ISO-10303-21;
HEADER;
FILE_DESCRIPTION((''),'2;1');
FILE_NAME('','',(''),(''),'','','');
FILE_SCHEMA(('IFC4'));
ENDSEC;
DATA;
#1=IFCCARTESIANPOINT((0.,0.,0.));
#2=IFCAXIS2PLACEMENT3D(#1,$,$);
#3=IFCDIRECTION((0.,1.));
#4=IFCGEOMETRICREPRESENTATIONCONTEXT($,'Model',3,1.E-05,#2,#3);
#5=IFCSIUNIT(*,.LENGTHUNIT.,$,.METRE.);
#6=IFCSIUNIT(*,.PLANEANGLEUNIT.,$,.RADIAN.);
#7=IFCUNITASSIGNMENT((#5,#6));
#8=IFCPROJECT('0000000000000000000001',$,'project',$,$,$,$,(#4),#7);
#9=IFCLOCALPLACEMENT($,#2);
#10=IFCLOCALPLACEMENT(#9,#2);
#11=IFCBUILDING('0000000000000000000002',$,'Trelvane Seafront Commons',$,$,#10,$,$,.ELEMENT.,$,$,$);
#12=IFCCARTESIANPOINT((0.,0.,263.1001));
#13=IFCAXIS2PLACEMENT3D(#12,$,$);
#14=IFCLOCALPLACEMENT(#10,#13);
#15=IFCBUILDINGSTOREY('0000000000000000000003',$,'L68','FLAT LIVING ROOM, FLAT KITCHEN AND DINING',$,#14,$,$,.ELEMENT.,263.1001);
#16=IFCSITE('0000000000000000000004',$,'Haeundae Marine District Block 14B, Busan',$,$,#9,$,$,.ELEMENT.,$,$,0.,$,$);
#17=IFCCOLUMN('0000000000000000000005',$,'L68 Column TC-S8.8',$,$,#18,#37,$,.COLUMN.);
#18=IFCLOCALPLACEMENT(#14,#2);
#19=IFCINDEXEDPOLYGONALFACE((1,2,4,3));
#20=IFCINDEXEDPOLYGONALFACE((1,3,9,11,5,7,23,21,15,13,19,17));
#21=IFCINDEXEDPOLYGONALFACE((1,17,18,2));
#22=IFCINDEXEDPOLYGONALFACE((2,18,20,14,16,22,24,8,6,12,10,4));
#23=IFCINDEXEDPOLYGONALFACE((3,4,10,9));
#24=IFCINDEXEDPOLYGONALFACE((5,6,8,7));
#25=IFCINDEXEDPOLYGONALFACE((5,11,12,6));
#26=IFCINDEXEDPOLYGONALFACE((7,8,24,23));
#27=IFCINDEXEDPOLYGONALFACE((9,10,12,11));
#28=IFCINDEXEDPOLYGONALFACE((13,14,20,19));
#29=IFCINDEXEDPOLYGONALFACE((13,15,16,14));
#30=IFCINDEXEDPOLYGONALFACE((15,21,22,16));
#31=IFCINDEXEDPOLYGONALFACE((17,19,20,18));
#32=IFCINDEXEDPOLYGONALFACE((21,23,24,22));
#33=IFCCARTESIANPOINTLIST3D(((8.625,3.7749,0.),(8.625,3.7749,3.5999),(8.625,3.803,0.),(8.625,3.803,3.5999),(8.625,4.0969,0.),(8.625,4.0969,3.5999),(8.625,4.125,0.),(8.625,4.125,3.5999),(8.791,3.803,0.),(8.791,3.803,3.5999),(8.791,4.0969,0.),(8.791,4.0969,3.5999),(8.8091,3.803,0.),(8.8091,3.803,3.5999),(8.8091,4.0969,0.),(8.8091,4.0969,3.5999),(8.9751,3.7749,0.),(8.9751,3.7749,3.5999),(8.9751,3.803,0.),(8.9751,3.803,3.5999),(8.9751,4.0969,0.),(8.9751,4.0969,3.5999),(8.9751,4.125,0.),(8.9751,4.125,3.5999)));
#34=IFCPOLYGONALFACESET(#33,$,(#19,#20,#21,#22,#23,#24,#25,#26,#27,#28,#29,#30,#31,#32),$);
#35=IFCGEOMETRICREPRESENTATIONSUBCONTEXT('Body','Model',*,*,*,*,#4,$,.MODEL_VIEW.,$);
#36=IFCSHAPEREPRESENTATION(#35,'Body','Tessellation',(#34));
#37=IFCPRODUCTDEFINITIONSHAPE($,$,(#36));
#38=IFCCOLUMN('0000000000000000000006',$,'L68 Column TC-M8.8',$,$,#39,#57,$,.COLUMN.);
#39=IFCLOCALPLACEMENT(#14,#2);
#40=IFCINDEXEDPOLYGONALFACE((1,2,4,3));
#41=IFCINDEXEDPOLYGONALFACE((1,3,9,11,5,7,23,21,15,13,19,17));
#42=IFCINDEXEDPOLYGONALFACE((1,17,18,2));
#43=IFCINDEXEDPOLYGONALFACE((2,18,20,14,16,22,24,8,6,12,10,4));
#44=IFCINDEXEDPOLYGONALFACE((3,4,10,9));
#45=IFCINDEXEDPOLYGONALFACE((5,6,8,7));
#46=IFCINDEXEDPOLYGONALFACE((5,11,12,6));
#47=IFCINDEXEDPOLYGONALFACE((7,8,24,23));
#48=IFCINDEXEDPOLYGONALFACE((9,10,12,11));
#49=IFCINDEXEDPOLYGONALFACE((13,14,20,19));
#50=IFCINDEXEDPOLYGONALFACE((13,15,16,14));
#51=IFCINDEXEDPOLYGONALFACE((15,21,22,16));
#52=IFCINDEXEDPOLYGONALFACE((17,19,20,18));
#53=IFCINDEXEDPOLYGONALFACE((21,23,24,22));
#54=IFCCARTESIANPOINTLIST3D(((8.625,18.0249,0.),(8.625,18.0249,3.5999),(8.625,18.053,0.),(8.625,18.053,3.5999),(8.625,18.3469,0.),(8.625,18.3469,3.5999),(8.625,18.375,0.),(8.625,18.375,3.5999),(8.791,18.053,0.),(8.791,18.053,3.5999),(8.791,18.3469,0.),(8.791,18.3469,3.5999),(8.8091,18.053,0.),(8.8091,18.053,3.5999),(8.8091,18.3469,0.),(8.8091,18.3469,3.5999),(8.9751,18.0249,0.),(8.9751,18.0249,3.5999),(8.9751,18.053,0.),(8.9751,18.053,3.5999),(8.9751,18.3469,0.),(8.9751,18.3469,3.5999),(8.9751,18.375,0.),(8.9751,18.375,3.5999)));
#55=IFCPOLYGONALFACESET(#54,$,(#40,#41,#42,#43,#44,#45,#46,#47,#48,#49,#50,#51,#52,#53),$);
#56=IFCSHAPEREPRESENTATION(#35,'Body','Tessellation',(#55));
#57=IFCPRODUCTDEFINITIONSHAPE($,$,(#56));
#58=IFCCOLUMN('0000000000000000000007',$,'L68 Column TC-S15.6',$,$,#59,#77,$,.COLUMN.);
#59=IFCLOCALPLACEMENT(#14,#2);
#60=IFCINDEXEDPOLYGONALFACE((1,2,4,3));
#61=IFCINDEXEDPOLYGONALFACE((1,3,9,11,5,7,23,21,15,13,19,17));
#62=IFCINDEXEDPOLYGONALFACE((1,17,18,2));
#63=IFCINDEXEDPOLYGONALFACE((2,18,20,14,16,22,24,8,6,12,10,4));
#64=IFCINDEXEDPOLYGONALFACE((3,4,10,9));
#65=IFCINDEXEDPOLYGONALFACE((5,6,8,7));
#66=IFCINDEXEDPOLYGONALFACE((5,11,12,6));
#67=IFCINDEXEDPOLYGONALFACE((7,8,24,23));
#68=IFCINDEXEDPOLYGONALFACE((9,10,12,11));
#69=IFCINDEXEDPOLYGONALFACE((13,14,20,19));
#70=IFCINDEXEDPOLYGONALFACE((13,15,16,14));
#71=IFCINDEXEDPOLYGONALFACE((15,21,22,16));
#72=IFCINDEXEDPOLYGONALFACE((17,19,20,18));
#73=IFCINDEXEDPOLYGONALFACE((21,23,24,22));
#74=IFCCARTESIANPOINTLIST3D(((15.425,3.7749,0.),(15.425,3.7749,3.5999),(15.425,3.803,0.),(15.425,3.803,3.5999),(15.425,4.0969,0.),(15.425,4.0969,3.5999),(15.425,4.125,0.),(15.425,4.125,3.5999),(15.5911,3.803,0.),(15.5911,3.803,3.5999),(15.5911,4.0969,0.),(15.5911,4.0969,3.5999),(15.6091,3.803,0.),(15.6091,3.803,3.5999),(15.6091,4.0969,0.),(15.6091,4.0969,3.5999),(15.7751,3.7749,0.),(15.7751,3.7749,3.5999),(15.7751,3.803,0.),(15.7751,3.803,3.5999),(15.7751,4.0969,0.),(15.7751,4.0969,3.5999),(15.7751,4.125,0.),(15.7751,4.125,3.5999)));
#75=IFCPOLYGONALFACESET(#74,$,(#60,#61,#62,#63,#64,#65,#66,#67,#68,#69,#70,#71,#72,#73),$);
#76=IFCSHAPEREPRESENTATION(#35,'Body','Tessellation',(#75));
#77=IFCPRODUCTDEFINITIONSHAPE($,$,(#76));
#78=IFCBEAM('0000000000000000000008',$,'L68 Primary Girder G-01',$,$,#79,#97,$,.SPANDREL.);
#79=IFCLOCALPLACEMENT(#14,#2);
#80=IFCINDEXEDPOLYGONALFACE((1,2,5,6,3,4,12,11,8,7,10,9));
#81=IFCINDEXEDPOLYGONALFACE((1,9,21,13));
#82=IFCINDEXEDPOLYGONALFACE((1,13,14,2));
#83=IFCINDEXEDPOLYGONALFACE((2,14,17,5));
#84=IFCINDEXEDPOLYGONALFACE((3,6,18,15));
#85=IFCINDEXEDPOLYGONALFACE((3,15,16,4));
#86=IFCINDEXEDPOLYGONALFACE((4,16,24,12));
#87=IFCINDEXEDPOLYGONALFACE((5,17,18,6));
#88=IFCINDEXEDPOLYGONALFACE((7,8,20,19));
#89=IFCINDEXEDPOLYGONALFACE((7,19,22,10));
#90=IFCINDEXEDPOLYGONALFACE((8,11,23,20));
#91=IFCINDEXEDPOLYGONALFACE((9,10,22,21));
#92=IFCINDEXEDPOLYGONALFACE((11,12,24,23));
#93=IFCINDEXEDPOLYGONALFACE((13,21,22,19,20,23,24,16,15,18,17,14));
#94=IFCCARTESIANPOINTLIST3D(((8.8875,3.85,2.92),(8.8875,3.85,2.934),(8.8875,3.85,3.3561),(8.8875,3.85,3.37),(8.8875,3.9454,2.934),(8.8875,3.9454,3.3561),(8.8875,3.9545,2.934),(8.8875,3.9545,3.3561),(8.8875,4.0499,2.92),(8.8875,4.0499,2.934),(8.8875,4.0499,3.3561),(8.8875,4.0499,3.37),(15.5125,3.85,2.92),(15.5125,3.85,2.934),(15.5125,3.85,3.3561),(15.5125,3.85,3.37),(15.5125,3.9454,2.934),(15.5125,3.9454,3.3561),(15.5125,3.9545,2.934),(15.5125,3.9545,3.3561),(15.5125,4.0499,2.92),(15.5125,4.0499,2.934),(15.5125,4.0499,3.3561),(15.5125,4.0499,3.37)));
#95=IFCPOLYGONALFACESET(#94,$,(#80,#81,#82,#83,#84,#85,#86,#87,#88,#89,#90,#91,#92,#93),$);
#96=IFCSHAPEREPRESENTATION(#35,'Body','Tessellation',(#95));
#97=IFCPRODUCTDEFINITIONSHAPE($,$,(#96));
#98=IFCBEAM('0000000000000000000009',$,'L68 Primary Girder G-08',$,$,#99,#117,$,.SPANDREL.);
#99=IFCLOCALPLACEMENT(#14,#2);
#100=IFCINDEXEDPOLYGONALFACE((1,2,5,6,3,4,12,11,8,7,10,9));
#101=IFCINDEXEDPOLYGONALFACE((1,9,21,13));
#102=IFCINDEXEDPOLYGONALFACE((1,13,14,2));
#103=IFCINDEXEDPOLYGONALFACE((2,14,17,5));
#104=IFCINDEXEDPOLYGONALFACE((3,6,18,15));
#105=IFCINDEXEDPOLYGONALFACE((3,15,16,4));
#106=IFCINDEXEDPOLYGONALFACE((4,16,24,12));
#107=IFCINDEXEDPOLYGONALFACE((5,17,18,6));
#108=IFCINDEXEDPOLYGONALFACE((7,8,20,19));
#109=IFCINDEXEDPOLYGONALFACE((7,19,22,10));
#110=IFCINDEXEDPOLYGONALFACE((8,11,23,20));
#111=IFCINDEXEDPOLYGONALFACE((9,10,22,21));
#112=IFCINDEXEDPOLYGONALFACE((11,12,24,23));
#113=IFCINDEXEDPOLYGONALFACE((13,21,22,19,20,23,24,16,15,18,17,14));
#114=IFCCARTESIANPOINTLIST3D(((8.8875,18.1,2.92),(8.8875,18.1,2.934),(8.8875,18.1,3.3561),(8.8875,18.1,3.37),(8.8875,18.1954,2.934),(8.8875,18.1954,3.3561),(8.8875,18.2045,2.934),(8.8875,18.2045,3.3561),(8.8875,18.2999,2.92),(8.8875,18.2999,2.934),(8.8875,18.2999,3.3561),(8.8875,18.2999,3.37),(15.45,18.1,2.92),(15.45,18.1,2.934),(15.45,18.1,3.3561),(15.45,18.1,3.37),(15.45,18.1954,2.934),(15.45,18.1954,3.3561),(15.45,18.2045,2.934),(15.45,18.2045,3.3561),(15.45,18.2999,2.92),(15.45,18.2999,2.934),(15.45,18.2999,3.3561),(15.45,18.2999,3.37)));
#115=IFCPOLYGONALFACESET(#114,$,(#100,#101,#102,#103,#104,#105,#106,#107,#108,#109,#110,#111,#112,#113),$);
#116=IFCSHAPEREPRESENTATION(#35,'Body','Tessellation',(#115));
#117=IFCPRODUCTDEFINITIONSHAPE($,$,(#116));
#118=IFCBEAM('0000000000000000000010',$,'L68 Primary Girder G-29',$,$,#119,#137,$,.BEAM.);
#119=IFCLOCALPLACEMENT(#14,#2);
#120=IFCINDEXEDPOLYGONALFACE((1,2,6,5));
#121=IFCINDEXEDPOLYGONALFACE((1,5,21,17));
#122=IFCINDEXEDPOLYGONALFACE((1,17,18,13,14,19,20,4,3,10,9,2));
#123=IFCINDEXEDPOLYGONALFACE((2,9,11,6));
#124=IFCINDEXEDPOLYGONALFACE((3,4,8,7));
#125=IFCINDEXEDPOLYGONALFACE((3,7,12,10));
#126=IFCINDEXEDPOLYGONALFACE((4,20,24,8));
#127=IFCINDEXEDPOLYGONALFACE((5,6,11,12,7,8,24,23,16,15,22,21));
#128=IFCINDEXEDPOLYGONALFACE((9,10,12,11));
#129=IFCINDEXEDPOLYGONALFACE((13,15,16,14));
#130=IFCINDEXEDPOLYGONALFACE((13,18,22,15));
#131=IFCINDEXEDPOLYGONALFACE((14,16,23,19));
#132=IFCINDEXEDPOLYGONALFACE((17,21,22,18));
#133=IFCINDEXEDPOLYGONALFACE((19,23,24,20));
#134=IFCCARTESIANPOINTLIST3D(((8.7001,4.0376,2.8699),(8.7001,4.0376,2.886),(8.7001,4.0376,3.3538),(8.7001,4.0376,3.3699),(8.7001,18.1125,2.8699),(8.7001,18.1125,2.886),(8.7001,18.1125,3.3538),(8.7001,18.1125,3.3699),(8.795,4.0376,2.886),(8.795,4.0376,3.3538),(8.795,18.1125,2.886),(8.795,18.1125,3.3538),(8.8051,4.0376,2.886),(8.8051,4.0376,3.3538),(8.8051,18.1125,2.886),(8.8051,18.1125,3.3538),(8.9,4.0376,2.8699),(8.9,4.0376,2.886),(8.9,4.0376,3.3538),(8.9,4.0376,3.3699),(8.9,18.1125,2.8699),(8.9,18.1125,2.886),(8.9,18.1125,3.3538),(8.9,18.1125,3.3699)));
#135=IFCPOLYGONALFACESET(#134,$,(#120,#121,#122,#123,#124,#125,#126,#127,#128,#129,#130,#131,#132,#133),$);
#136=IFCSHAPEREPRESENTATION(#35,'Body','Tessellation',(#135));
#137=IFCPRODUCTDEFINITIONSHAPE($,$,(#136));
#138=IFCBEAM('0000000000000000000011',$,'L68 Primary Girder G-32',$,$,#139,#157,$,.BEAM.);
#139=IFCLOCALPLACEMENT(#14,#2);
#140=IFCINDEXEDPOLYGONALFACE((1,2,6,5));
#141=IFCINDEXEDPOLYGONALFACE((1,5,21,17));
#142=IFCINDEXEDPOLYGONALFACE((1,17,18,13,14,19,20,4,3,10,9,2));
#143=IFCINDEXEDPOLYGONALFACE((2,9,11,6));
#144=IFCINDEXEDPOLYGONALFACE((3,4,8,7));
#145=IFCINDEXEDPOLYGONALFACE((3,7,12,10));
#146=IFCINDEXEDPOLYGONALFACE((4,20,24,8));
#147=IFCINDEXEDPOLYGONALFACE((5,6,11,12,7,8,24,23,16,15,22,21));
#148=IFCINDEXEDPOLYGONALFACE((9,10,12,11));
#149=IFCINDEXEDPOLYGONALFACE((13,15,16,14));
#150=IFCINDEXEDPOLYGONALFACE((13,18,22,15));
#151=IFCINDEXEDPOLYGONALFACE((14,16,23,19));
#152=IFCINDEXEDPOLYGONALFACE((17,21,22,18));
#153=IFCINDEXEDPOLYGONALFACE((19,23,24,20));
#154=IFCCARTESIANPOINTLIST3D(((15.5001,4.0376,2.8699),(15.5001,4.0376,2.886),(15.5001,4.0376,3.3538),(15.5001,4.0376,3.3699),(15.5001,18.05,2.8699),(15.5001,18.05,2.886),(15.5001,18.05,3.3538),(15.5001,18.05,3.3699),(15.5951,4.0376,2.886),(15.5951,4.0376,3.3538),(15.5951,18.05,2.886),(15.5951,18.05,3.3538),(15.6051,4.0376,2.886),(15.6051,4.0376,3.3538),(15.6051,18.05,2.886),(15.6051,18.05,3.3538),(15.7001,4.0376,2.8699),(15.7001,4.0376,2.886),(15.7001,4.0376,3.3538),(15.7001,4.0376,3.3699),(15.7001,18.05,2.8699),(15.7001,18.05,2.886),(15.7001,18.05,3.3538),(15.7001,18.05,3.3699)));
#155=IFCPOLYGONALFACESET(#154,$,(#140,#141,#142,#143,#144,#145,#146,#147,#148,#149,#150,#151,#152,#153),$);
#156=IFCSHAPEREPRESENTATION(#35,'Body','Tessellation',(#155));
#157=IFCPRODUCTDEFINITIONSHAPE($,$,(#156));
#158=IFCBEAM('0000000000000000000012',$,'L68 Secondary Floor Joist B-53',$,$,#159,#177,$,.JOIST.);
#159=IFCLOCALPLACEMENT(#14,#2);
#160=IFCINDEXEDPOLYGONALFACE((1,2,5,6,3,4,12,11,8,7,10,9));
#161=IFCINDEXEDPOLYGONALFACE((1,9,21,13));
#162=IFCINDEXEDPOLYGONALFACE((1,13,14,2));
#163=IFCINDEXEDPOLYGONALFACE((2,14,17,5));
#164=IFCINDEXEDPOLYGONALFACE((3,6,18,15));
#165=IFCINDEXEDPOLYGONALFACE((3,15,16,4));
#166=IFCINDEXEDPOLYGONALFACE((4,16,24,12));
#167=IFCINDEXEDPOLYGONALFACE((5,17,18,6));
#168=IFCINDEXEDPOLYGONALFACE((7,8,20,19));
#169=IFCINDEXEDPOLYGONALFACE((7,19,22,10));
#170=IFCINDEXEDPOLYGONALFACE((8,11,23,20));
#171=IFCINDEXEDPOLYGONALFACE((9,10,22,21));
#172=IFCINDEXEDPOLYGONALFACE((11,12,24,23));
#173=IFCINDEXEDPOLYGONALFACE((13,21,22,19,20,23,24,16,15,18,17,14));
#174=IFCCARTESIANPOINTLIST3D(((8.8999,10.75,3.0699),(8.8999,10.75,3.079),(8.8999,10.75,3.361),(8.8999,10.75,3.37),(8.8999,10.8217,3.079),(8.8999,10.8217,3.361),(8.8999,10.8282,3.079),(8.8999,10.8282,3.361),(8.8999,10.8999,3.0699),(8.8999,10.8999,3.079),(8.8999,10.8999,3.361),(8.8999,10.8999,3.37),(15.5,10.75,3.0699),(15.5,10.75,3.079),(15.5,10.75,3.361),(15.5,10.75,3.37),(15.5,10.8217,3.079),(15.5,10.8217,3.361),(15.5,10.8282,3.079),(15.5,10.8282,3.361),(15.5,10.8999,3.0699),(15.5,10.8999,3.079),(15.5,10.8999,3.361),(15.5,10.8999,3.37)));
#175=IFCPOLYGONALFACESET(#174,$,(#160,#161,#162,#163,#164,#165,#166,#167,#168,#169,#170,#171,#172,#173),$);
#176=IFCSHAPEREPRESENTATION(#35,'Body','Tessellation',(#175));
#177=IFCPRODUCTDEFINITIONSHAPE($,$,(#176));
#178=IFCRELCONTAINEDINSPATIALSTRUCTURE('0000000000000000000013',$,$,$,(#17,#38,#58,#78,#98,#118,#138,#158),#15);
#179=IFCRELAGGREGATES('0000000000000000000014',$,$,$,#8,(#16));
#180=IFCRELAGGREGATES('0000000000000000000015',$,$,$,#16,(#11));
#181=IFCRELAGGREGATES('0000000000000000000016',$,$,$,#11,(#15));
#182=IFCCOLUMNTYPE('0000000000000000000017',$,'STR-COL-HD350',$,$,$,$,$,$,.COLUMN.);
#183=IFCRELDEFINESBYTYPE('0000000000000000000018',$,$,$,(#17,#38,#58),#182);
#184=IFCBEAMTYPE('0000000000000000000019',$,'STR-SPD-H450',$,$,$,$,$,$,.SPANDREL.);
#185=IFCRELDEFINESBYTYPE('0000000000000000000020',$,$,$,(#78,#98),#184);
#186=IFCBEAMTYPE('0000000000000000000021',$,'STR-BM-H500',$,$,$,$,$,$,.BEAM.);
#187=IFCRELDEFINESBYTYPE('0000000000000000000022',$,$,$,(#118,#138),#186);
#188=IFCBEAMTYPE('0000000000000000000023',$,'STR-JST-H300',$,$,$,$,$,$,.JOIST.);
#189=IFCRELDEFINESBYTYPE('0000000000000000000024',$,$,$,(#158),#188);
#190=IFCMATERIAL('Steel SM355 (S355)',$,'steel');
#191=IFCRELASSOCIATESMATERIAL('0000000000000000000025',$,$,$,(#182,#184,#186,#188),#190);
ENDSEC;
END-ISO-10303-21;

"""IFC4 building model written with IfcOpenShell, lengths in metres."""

from ifc_helpers import new_model, si_unit, direction, frame, origin, origin_2d, place, context, subcontext, project, spatial, i_section, extrude, source, transform, mapped, material, material_profile, profile_set, type_object, element, save


model = new_model("IFC4")

# Units and contexts
model_context = context("Model", 3, precision=1e-05, world=origin(), true_north=direction((0.0, 1.0)))
body_context = subcontext(model_context, "Body", "Model", "MODEL_VIEW")
ifc_project = project(units=[si_unit("LENGTHUNIT", "METRE"), si_unit("PLANEANGLEUNIT", "RADIAN")], contexts=[model_context])

# Site, building, storey
site_placement = place(None, origin())
site = spatial("IfcSite", under=ifc_project, at=site_placement, Name="Haeundae Marine District Block 14B, Busan", CompositionType="ELEMENT", RefElevation=0.0)
building_placement = place(site_placement, origin())
building = spatial("IfcBuilding", under=site, at=building_placement, Name="Trelvane Seafront Commons", CompositionType="ELEMENT")
storey_placement = place(building_placement, frame((0.0, 0.0, 263.1001)))
storey = spatial("IfcBuildingStorey", under=building, at=storey_placement, Name="L68", Description="FLAT LIVING ROOM, FLAT KITCHEN AND DINING", CompositionType="ELEMENT", Elevation=263.1001)

# Columns
ifc_material_1 = material(Name="Steel SM355 (S355)", Category="steel")
ifc_material_profile_1 = material_profile(ifc_material_1, i_section(OverallWidth=0.3501, OverallDepth=0.3501, WebThickness=0.0181, FlangeThickness=0.0281, at=origin_2d()), Name="HD-350x350x18x28")
ifc_profile_set_1 = profile_set([ifc_material_profile_1], Name="Steel SM355 (S355)")
column_type = type_object("IfcColumnType", Name="STR-COL-HD350", PredefinedType="COLUMN", material=ifc_profile_set_1)
shared_shape_1 = source(origin(), body_context, "Body", "SweptSolid", [
    extrude(i_section(OverallWidth=0.3501, OverallDepth=0.3501, WebThickness=0.0181, FlangeThickness=0.0281, at=origin_2d()), origin(), (0.0, 0.0, 1.0), 3.5999),
])
for number, where, z_axis, x_axis, name in (
    (1, (8.8, 3.95, 0.0), (0.0, 0.0, 1.0), (1.0, 0.0, 0.0), "L68 Column TC-S8.8"),
    (2, (8.8, 18.2, 0.0), (0.0, 0.0, 1.0), (1.0, 0.0, 0.0), "L68 Column TC-M8.8"),
    (3, (15.6001, 3.95, 0.0), (0.0, 0.0, 1.0), (1.0, 0.0, 0.0), "L68 Column TC-S15.6"),
):
    element("IfcColumn", number, at=place(storey_placement, frame(where, z_axis=z_axis, x_axis=x_axis)), inside=storey, type_object=column_type, Name=name, PredefinedType="COLUMN", context=body_context, shape_type="MappedRepresentation", body=[
        mapped(shared_shape_1, transform((0.0, 0.0, 0.0), x_axis=(1.0, 0.0, 0.0), y_axis=(0.0, 1.0, 0.0), z_axis=(0.0, 0.0, 1.0), scale=1.0)),
    ])

# Beams
ifc_material_profile_2 = material_profile(ifc_material_1, i_section(OverallWidth=0.2, OverallDepth=0.45, WebThickness=0.009, FlangeThickness=0.0139, at=origin_2d()), Name="H-450x200x9x14")
ifc_profile_set_2 = profile_set([ifc_material_profile_2], Name="Steel SM355 (S355)")
beam_type_1 = type_object("IfcBeamType", Name="STR-SPD-H450", PredefinedType="SPANDREL", material=ifc_profile_set_2)
shared_shape_2 = source(origin(), body_context, "Body", "SweptSolid", [
    extrude(i_section(OverallWidth=0.2, OverallDepth=0.45, WebThickness=0.009, FlangeThickness=0.0139, at=origin_2d()), origin(), (0.0, 0.0, 1.0), 6.625),
])
beam_1_placement = place(storey_placement, frame((8.8875, 3.95, 3.145), z_axis=(1.0, 0.0, 0.0), x_axis=(0.0, 1.0, 0.0)))
element("IfcBeam", 4, at=beam_1_placement, inside=storey, type_object=beam_type_1, Name="L68 Primary Girder G-01", PredefinedType="SPANDREL", context=body_context, shape_type="MappedRepresentation", body=[
    mapped(shared_shape_2, transform((0.0, 0.0, 0.0), x_axis=(1.0, 0.0, 0.0), y_axis=(0.0, 1.0, 0.0), z_axis=(0.0, 0.0, 1.0), scale=1.0)),
])
shared_shape_3 = source(origin(), body_context, "Body", "SweptSolid", [
    extrude(i_section(OverallWidth=0.2, OverallDepth=0.45, WebThickness=0.009, FlangeThickness=0.0139, at=origin_2d()), origin(), (0.0, 0.0, 1.0), 6.5625),
])
beam_2_placement = place(storey_placement, frame((8.8875, 18.2, 3.145), z_axis=(1.0, 0.0, 0.0), x_axis=(0.0, 1.0, 0.0)))
element("IfcBeam", 5, at=beam_2_placement, inside=storey, type_object=beam_type_1, Name="L68 Primary Girder G-08", PredefinedType="SPANDREL", context=body_context, shape_type="MappedRepresentation", body=[
    mapped(shared_shape_3, transform((0.0, 0.0, 0.0), x_axis=(1.0, 0.0, 0.0), y_axis=(0.0, 1.0, 0.0), z_axis=(0.0, 0.0, 1.0), scale=1.0)),
])
ifc_material_profile_3 = material_profile(ifc_material_1, i_section(OverallWidth=0.2, OverallDepth=0.5, WebThickness=0.01, FlangeThickness=0.0161, at=origin_2d()), Name="H-500x200x10x16")
ifc_profile_set_3 = profile_set([ifc_material_profile_3], Name="Steel SM355 (S355)")
beam_type_2 = type_object("IfcBeamType", Name="STR-BM-H500", PredefinedType="BEAM", material=ifc_profile_set_3)
shared_shape_4 = source(origin(), body_context, "Body", "SweptSolid", [
    extrude(i_section(OverallWidth=0.2, OverallDepth=0.5, WebThickness=0.01, FlangeThickness=0.0161, at=origin_2d()), origin(), (0.0, 0.0, 1.0), 14.075),
])
beam_3_placement = place(storey_placement, frame((8.8, 4.0376, 3.1199), z_axis=(0.0, 1.0, 0.0), x_axis=(-1.0, 0.0, 0.0)))
element("IfcBeam", 6, at=beam_3_placement, inside=storey, type_object=beam_type_2, Name="L68 Primary Girder G-29", PredefinedType="BEAM", context=body_context, shape_type="MappedRepresentation", body=[
    mapped(shared_shape_4, transform((0.0, 0.0, 0.0), x_axis=(1.0, 0.0, 0.0), y_axis=(0.0, 1.0, 0.0), z_axis=(0.0, 0.0, 1.0), scale=1.0)),
])
shared_shape_5 = source(origin(), body_context, "Body", "SweptSolid", [
    extrude(i_section(OverallWidth=0.2, OverallDepth=0.5, WebThickness=0.01, FlangeThickness=0.0161, at=origin_2d()), origin(), (0.0, 0.0, 1.0), 14.0125),
])
beam_4_placement = place(storey_placement, frame((15.6001, 4.0376, 3.1199), z_axis=(0.0, 1.0, 0.0), x_axis=(-1.0, 0.0, 0.0)))
element("IfcBeam", 7, at=beam_4_placement, inside=storey, type_object=beam_type_2, Name="L68 Primary Girder G-32", PredefinedType="BEAM", context=body_context, shape_type="MappedRepresentation", body=[
    mapped(shared_shape_5, transform((0.0, 0.0, 0.0), x_axis=(1.0, 0.0, 0.0), y_axis=(0.0, 1.0, 0.0), z_axis=(0.0, 0.0, 1.0), scale=1.0)),
])
ifc_material_profile_4 = material_profile(ifc_material_1, i_section(OverallWidth=0.1499, OverallDepth=0.3, WebThickness=0.0066, FlangeThickness=0.009, at=origin_2d()), Name="H-300x150x6.5x9")
ifc_profile_set_4 = profile_set([ifc_material_profile_4], Name="Steel SM355 (S355)")
beam_type_3 = type_object("IfcBeamType", Name="STR-JST-H300", PredefinedType="JOIST", material=ifc_profile_set_4)
shared_shape_6 = source(origin(), body_context, "Body", "SweptSolid", [
    extrude(i_section(OverallWidth=0.1499, OverallDepth=0.3, WebThickness=0.0066, FlangeThickness=0.009, at=origin_2d()), origin(), (0.0, 0.0, 1.0), 6.6001),
])
beam_5_placement = place(storey_placement, frame((8.8999, 10.825, 3.22), z_axis=(1.0, 0.0, 0.0), x_axis=(0.0, 1.0, 0.0)))
element("IfcBeam", 8, at=beam_5_placement, inside=storey, type_object=beam_type_3, Name="L68 Secondary Floor Joist B-53", PredefinedType="JOIST", context=body_context, shape_type="MappedRepresentation", body=[
    mapped(shared_shape_6, transform((0.0, 0.0, 0.0), x_axis=(1.0, 0.0, 0.0), y_axis=(0.0, 1.0, 0.0), z_axis=(0.0, 0.0, 1.0), scale=1.0)),
])

save(model, "model.ifc")
